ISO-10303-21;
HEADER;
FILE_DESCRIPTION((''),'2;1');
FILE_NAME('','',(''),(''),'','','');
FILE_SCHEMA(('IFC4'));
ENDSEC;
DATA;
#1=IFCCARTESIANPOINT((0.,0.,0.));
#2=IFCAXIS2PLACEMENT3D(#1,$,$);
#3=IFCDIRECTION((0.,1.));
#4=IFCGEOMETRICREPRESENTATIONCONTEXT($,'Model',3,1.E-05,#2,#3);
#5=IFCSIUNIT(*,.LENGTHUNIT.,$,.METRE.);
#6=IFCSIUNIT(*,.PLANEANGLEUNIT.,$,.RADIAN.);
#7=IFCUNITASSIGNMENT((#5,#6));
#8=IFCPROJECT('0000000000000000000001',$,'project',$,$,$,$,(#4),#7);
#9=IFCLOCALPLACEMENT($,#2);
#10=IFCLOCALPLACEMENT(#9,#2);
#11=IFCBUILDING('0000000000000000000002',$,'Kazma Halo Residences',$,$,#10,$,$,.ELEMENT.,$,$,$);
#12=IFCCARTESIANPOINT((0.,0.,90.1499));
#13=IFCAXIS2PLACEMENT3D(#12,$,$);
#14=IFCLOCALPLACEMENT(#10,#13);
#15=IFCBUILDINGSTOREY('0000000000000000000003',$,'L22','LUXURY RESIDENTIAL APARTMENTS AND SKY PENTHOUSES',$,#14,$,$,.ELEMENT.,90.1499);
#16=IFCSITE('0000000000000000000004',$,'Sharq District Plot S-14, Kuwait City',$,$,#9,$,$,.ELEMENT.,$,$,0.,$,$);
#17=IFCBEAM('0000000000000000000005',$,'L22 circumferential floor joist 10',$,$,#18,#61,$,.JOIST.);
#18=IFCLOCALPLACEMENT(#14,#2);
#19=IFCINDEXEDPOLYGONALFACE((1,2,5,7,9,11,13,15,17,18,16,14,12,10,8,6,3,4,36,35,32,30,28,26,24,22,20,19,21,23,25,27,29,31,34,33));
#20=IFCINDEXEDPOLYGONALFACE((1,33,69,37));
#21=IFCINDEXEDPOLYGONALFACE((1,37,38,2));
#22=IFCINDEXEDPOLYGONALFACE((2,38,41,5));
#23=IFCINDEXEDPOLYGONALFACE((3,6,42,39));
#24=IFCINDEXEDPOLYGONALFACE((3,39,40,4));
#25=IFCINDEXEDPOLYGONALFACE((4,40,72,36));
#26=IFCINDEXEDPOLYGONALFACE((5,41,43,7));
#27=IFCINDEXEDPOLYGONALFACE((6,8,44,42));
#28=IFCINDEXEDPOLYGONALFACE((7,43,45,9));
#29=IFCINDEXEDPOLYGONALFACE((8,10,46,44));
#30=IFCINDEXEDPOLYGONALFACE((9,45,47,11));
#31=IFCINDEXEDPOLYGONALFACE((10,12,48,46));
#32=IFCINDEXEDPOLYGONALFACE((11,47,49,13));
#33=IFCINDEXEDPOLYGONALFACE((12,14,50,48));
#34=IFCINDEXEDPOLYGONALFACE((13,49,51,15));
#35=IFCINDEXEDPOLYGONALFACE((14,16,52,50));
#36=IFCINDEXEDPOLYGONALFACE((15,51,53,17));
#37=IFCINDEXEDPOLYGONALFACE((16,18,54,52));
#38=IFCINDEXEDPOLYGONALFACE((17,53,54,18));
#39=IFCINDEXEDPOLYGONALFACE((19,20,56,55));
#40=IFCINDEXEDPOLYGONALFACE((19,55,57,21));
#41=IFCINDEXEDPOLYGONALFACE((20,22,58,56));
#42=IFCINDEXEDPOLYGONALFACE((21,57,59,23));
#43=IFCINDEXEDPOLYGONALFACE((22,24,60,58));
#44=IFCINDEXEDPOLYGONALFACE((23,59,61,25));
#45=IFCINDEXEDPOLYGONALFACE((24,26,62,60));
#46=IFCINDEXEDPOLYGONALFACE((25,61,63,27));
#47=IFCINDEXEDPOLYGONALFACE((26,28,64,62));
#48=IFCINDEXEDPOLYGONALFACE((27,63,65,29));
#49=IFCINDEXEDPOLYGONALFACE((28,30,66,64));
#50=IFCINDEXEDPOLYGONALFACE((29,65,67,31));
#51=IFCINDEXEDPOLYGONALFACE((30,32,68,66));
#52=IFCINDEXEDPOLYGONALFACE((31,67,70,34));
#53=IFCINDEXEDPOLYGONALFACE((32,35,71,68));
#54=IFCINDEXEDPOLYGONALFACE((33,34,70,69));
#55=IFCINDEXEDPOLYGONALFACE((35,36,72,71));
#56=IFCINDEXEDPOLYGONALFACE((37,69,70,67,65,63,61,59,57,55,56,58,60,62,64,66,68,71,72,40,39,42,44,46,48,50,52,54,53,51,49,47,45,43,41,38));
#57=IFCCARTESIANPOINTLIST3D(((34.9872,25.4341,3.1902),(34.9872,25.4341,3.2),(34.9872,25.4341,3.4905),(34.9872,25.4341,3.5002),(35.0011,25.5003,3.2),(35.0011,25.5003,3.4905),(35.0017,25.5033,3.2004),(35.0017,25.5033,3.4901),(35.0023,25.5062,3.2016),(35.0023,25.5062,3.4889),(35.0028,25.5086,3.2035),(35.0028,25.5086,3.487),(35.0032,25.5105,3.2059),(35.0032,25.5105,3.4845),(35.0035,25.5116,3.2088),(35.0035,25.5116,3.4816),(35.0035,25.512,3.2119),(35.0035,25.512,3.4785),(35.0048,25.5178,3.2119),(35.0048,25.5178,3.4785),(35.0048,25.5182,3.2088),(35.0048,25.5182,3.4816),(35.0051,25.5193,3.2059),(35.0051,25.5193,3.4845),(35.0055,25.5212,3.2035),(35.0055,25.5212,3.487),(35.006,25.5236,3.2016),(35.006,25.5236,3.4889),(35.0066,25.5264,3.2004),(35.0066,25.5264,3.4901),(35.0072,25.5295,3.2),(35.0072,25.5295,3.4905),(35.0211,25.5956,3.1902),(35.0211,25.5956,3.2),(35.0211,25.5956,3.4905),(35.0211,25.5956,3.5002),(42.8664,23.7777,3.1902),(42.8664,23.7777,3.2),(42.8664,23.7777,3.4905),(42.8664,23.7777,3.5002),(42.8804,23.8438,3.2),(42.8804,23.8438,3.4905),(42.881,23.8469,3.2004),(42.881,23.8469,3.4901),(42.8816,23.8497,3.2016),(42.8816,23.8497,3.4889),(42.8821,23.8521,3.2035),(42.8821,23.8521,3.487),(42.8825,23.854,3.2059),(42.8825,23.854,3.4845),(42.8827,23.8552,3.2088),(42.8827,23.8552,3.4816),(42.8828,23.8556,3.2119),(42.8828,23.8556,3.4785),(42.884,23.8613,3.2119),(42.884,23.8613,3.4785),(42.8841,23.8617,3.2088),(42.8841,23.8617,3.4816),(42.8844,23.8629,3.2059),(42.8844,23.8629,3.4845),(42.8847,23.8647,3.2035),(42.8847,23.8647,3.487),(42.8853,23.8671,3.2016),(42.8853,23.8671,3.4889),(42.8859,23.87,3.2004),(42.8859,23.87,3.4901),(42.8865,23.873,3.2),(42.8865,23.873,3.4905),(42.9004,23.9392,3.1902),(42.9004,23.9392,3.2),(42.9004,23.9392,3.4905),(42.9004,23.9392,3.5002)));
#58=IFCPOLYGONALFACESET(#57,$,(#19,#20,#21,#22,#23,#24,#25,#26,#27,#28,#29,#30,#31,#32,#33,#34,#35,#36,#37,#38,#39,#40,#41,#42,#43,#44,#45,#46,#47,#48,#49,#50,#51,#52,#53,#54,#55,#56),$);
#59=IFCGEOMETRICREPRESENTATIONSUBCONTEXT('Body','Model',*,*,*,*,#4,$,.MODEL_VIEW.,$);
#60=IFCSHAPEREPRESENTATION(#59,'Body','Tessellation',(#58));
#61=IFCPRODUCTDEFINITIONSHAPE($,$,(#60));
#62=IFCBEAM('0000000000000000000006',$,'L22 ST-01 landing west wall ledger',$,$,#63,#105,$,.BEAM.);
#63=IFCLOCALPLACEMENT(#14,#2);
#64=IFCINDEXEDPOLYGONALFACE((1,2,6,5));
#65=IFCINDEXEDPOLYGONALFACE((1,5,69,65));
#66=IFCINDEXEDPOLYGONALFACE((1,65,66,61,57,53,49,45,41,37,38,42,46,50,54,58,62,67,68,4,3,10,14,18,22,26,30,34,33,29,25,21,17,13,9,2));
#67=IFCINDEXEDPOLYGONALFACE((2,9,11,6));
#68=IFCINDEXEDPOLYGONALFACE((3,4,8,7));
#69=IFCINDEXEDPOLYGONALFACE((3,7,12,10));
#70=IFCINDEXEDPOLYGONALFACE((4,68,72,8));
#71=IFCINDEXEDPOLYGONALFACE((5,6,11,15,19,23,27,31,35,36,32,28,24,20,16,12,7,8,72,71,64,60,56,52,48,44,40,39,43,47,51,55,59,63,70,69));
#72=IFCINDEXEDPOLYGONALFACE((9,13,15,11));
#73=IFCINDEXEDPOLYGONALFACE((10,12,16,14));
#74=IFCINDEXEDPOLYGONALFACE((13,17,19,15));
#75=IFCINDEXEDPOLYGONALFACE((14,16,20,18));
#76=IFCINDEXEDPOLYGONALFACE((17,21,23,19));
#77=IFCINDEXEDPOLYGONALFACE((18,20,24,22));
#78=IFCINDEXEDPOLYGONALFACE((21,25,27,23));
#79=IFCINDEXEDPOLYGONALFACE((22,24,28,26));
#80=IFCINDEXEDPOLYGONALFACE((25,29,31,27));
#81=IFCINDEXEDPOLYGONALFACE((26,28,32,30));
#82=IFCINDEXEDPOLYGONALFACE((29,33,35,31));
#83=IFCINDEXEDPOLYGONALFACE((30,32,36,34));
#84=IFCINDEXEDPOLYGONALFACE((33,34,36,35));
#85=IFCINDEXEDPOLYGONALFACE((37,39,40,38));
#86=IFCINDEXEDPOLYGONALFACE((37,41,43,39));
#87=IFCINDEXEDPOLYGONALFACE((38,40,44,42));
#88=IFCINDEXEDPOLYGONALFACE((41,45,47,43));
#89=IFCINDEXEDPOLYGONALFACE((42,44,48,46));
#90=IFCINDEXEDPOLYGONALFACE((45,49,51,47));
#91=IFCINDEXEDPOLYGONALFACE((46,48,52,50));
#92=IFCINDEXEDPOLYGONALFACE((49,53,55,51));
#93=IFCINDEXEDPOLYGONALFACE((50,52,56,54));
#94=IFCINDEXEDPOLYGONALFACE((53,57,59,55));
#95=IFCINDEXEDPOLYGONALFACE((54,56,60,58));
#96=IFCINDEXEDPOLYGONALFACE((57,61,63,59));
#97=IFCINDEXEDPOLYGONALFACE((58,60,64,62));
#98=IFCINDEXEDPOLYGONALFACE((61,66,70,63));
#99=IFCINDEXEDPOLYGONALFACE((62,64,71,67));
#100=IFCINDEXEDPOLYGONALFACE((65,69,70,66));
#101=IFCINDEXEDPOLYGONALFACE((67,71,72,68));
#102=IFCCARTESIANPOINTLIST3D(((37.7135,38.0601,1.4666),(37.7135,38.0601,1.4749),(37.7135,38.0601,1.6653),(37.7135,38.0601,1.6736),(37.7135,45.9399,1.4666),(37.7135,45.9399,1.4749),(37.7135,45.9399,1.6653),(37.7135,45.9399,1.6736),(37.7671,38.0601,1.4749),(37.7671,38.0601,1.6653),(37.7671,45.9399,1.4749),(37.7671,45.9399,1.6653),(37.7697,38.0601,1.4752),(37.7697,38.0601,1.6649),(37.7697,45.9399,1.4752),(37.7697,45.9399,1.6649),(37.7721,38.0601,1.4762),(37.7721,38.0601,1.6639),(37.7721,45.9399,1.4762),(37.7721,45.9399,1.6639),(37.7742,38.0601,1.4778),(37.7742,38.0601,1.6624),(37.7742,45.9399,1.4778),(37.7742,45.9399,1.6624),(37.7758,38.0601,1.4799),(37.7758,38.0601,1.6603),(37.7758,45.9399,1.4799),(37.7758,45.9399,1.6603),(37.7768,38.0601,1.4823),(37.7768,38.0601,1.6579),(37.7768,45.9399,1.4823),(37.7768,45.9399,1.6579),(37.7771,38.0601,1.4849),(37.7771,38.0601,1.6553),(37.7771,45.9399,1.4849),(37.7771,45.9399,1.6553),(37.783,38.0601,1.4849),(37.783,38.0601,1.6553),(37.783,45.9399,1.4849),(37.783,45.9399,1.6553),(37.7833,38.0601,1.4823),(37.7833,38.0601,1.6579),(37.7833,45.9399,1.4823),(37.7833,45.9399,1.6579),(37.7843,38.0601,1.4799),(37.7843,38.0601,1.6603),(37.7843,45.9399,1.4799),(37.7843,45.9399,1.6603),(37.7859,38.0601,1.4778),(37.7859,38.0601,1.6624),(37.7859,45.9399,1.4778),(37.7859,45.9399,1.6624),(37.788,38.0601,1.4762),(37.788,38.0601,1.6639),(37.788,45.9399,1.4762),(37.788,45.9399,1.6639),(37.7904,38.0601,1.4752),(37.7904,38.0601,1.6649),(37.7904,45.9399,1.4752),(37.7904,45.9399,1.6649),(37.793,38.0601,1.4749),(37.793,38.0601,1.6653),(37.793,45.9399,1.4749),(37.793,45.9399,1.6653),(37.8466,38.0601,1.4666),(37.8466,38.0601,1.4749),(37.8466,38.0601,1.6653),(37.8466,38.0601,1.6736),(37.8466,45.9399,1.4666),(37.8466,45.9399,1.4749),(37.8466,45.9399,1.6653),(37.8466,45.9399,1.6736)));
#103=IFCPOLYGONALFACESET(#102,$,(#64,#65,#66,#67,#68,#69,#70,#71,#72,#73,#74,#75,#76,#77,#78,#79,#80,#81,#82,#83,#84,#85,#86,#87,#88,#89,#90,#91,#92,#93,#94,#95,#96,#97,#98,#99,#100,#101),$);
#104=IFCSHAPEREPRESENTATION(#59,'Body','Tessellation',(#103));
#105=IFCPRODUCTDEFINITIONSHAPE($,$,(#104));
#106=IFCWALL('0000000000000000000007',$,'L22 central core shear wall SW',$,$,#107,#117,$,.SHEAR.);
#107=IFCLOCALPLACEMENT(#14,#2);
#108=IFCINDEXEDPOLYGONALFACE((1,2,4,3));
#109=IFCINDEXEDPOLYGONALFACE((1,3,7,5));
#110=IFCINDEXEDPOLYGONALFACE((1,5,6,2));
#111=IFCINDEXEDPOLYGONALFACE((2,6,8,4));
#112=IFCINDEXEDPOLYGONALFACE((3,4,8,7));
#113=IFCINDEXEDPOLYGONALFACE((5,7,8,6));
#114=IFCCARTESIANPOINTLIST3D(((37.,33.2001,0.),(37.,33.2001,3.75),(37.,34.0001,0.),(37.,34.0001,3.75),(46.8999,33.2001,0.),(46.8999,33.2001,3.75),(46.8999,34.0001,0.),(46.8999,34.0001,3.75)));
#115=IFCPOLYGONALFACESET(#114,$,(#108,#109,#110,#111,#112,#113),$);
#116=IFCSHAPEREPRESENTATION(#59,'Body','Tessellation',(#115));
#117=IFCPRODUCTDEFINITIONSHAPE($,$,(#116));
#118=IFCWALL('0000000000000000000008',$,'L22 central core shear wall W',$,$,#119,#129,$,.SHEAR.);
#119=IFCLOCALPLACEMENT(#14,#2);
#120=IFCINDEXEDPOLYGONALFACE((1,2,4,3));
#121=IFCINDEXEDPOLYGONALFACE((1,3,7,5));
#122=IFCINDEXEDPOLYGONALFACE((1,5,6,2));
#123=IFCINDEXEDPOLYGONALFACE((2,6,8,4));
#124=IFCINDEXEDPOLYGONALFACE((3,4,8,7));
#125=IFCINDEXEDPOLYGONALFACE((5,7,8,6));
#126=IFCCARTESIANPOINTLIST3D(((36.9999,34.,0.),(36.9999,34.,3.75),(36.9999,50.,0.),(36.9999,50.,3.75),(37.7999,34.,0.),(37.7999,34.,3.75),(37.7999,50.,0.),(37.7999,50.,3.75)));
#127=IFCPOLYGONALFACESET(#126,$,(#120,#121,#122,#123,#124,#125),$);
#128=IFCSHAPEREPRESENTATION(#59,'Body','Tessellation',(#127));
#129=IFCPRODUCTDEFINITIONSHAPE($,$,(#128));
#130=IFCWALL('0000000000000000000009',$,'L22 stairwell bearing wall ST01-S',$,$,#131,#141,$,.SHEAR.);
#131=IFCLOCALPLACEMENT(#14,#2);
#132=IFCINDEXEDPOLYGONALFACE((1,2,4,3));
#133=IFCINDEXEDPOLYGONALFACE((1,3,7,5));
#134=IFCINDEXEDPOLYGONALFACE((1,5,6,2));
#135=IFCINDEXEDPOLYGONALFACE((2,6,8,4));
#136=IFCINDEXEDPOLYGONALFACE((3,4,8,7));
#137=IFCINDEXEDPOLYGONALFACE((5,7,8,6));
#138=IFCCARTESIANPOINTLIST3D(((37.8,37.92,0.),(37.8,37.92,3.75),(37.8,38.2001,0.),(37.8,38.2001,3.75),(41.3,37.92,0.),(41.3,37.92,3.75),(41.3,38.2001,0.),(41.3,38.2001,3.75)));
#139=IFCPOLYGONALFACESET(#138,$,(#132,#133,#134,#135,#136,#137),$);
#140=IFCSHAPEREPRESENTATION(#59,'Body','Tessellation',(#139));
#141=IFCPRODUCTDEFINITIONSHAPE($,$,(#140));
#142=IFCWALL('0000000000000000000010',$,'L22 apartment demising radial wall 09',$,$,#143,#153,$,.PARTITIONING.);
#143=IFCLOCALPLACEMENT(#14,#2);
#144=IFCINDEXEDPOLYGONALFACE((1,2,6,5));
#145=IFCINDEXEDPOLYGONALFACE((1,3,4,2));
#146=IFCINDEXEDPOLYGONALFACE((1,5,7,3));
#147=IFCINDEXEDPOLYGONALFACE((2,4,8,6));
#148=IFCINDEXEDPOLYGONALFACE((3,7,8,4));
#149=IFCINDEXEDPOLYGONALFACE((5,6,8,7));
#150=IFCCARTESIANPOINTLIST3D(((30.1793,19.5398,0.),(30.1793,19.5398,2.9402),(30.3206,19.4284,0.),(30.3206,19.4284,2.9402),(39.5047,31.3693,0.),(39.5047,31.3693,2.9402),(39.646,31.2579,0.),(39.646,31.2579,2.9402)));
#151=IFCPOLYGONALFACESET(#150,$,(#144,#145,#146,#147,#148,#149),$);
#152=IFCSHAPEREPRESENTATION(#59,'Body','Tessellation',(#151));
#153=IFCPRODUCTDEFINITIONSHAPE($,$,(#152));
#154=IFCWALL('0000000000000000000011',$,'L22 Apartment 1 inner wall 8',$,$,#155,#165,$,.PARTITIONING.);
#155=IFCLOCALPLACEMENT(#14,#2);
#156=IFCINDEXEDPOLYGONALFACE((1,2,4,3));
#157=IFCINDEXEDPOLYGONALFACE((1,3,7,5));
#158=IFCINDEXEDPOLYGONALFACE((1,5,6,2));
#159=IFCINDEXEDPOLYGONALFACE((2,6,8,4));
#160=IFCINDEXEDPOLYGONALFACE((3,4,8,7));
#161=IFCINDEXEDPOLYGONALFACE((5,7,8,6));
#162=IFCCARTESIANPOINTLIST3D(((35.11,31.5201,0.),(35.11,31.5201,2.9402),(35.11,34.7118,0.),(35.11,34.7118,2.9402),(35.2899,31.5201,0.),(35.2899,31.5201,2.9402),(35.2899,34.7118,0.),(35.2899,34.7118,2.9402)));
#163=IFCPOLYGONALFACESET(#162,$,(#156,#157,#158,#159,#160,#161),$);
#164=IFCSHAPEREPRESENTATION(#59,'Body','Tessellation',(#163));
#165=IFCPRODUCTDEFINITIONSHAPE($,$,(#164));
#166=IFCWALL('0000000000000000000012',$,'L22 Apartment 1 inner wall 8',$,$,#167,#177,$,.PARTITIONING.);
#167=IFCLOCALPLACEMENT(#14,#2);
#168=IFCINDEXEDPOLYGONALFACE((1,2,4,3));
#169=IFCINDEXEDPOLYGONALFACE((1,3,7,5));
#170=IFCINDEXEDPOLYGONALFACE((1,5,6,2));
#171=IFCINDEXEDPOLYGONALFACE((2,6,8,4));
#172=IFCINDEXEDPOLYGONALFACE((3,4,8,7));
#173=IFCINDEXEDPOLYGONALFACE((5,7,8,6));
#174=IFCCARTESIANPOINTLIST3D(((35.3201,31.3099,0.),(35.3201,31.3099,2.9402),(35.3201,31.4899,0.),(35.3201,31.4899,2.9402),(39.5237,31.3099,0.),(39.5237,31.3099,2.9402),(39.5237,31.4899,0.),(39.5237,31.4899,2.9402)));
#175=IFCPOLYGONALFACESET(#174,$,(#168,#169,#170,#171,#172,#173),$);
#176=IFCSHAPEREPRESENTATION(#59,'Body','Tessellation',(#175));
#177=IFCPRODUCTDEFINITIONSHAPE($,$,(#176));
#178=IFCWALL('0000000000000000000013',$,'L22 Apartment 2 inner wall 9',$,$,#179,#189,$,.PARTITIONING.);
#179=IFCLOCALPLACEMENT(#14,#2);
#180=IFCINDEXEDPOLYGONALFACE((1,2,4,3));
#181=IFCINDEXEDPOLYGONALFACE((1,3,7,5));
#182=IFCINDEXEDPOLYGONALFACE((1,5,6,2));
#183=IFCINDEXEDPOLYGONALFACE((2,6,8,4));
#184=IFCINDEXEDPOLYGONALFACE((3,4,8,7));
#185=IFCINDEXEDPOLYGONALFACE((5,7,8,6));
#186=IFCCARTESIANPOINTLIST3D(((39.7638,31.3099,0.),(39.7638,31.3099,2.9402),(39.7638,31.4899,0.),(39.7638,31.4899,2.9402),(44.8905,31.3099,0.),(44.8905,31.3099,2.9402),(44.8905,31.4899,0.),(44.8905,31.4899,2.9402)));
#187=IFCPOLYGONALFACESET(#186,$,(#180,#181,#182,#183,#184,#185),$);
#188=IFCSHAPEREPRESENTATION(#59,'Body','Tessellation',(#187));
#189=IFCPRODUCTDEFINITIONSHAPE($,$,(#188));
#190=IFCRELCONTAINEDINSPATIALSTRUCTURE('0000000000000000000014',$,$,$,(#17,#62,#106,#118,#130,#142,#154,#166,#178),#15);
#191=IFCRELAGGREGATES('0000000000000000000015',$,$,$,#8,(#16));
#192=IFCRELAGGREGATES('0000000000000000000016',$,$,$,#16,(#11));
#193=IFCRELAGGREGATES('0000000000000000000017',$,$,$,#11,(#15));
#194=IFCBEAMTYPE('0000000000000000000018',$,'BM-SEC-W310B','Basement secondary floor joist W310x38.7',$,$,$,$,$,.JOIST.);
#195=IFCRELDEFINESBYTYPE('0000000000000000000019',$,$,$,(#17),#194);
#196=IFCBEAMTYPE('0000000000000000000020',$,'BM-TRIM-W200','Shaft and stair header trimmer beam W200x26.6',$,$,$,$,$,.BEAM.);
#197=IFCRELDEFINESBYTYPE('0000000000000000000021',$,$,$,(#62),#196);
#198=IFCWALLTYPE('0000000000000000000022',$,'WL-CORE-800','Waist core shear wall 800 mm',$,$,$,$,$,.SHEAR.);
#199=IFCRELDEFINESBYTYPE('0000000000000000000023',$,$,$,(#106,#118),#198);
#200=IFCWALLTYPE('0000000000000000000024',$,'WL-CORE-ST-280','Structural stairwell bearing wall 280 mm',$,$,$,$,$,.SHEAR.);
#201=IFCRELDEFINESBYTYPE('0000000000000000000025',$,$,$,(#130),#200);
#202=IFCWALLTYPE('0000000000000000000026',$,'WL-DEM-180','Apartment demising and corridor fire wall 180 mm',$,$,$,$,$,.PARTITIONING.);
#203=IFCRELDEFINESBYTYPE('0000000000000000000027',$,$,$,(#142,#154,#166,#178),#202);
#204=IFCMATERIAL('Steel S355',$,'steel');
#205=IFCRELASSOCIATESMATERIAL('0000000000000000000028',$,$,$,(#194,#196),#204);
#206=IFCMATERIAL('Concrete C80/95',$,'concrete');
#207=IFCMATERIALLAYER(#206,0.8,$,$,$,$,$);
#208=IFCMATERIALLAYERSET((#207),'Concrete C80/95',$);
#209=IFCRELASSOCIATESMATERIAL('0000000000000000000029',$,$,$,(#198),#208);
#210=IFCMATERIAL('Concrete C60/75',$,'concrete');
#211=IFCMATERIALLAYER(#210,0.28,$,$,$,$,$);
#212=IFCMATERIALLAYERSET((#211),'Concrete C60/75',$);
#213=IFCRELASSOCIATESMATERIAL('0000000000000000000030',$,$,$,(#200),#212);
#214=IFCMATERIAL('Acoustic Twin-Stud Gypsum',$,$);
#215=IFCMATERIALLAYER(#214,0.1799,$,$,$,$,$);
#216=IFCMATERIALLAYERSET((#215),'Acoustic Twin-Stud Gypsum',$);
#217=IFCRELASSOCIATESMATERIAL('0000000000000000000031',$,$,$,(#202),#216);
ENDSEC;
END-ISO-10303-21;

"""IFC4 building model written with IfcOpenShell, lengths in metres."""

from ifc_helpers import new_model, si_unit, direction, frame, frame_2d, origin, origin_2d, place, context, subcontext, project, spatial, rectangle, i_section, extrude, material, layer, layer_set, material_profile, profile_set, type_object, element, save


model = new_model("IFC4")

# Units and contexts
model_context = context("Model", 3, precision=1e-05, world=origin(), true_north=direction((0.0, 1.0)))
body_context = subcontext(model_context, "Body", "Model", "MODEL_VIEW")
ifc_project = project(units=[si_unit("LENGTHUNIT", "METRE"), si_unit("PLANEANGLEUNIT", "RADIAN")], contexts=[model_context])

# Site, building, storey
site_placement = place(None, origin())
site = spatial("IfcSite", under=ifc_project, at=site_placement, Name="Sharq District Plot S-14, Kuwait City", CompositionType="ELEMENT", RefElevation=0.0)
building_placement = place(site_placement, origin())
building = spatial("IfcBuilding", under=site, at=building_placement, Name="Kazma Halo Residences", CompositionType="ELEMENT")
storey_placement = place(building_placement, frame((0.0, 0.0, 90.1499)))
storey = spatial("IfcBuildingStorey", under=building, at=storey_placement, Name="L22", Description="LUXURY RESIDENTIAL APARTMENTS AND SKY PENTHOUSES", CompositionType="ELEMENT", Elevation=90.1499)

# Beams
ifc_material_1 = material(Name="Steel S355", Category="steel")
ifc_material_profile_1 = material_profile(ifc_material_1, i_section(OverallWidth=0.165, OverallDepth=0.3101, WebThickness=0.0059, FlangeThickness=0.0098, FilletRadius=0.012, at=origin_2d()), Name="W310x38.7")
ifc_profile_set_1 = profile_set([ifc_material_profile_1], Name="Steel S355")
beam_type_1 = type_object("IfcBeamType", Name="BM-SEC-W310B", Description="Basement secondary floor joist W310x38.7", PredefinedType="JOIST", material=ifc_profile_set_1)
beam_1_placement = place(storey_placement, frame((35.0042, 25.5149, 3.3452), z_axis=(0.978608, -0.205734, 0.0), x_axis=(0.205734, 0.978608, 0.0)))
element("IfcBeam", 1, at=beam_1_placement, inside=storey, type_object=beam_type_1, Name="L22 circumferential floor joist 10", PredefinedType="JOIST", context=body_context, shape_type="SweptSolid", body=[
    extrude(i_section(OverallWidth=0.165, OverallDepth=0.3101, WebThickness=0.0059, FlangeThickness=0.0098, FilletRadius=0.012, at=origin_2d()), origin(), (0.0, 0.0, 1.0), 8.0515),
])
ifc_material_profile_2 = material_profile(ifc_material_1, i_section(OverallWidth=0.1331, OverallDepth=0.207, WebThickness=0.0059, FlangeThickness=0.0083, FilletRadius=0.01, at=origin_2d()), Name="W200x26.6")
ifc_profile_set_2 = profile_set([ifc_material_profile_2], Name="Steel S355")
beam_type_2 = type_object("IfcBeamType", Name="BM-TRIM-W200", Description="Shaft and stair header trimmer beam W200x26.6", PredefinedType="BEAM", material=ifc_profile_set_2)
beam_2_placement = place(storey_placement, frame((37.78, 38.0601, 1.5701), z_axis=(0.0, 1.0, 0.0), x_axis=(-1.0, 0.0, 0.0)))
element("IfcBeam", 2, at=beam_2_placement, inside=storey, type_object=beam_type_2, Name="L22 ST-01 landing west wall ledger", PredefinedType="BEAM", context=body_context, shape_type="SweptSolid", body=[
    extrude(i_section(OverallWidth=0.1331, OverallDepth=0.207, WebThickness=0.0059, FlangeThickness=0.0083, FilletRadius=0.01, at=origin_2d()), origin(), (0.0, 0.0, 1.0), 7.8799),
])

# Walls
ifc_material_2 = material(Name="Concrete C80/95", Category="concrete")
ifc_layer_1 = layer(ifc_material_2, 0.8)
ifc_layer_set_1 = layer_set([ifc_layer_1], Name="Concrete C80/95")
wall_type_1 = type_object("IfcWallType", Name="WL-CORE-800", Description="Waist core shear wall 800 mm", PredefinedType="SHEAR", material=ifc_layer_set_1)
wall_1_placement = place(storey_placement, frame((37.0, 33.6001, 0.0), z_axis=(0.0, 0.0, 1.0), x_axis=(1.0, 0.0, 0.0)))
element("IfcWall", 3, at=wall_1_placement, inside=storey, type_object=wall_type_1, Name="L22 central core shear wall SW", PredefinedType="SHEAR", context=body_context, shape_type="SweptSolid", body=[
    extrude(rectangle(XDim=9.8999, YDim=0.8, at=frame_2d((4.95, 0.0))), origin(), (0.0, 0.0, 1.0), 3.75),
])
wall_2_placement = place(storey_placement, frame((37.3999, 34.0, 0.0), z_axis=(0.0, 0.0, 1.0), x_axis=(0.0, 1.0, 0.0)))
element("IfcWall", 4, at=wall_2_placement, inside=storey, type_object=wall_type_1, Name="L22 central core shear wall W", PredefinedType="SHEAR", context=body_context, shape_type="SweptSolid", body=[
    extrude(rectangle(XDim=16.0, YDim=0.8, at=frame_2d((8.0, 0.0))), origin(), (0.0, 0.0, 1.0), 3.75),
])
ifc_material_3 = material(Name="Concrete C60/75", Category="concrete")
ifc_layer_2 = layer(ifc_material_3, 0.28)
ifc_layer_set_2 = layer_set([ifc_layer_2], Name="Concrete C60/75")
wall_type_2 = type_object("IfcWallType", Name="WL-CORE-ST-280", Description="Structural stairwell bearing wall 280 mm", PredefinedType="SHEAR", material=ifc_layer_set_2)
wall_3_placement = place(storey_placement, frame((37.8, 38.0601, 0.0), z_axis=(0.0, 0.0, 1.0), x_axis=(1.0, 0.0, 0.0)))
element("IfcWall", 5, at=wall_3_placement, inside=storey, type_object=wall_type_2, Name="L22 stairwell bearing wall ST01-S", PredefinedType="SHEAR", context=body_context, shape_type="SweptSolid", body=[
    extrude(rectangle(XDim=3.5, YDim=0.28, at=frame_2d((1.75, 0.0))), origin(), (0.0, 0.0, 1.0), 3.75),
])
ifc_material_4 = material(Name="Acoustic Twin-Stud Gypsum")
ifc_layer_3 = layer(ifc_material_4, 0.1799)
ifc_layer_set_3 = layer_set([ifc_layer_3], Name="Acoustic Twin-Stud Gypsum")
wall_type_3 = type_object("IfcWallType", Name="WL-DEM-180", Description="Apartment demising and corridor fire wall 180 mm", PredefinedType="PARTITIONING", material=ifc_layer_set_3)
wall_4_placement = place(storey_placement, frame((39.5754, 31.3137, 0.0), z_axis=(0.0, 0.0, 1.0), x_axis=(-0.619083, -0.785325, 0.0)))
element("IfcWall", 6, at=wall_4_placement, inside=storey, type_object=wall_type_3, Name="L22 apartment demising radial wall 09", PredefinedType="PARTITIONING", context=body_context, shape_type="SweptSolid", body=[
    extrude(rectangle(XDim=15.0632, YDim=0.1799, at=frame_2d((7.5317, 0.0))), origin(), (0.0, 0.0, 1.0), 2.9402),
])
wall_5_placement = place(storey_placement, frame((35.2, 34.7117, 0.0), z_axis=(0.0, 0.0, 1.0), x_axis=(0.0, -1.0, 0.0)))
element("IfcWall", 7, at=wall_5_placement, inside=storey, type_object=wall_type_3, Name="L22 Apartment 1 inner wall 8", PredefinedType="PARTITIONING", context=body_context, shape_type="SweptSolid", body=[
    extrude(rectangle(XDim=3.1917, YDim=0.1799, at=frame_2d((1.5957, 0.0))), origin(), (0.0, 0.0, 1.0), 2.9402),
])
wall_6_placement = place(storey_placement, frame((35.3201, 31.3999, 0.0), z_axis=(0.0, 0.0, 1.0), x_axis=(1.0, 0.0, 0.0)))
element("IfcWall", 8, at=wall_6_placement, inside=storey, type_object=wall_type_3, Name="L22 Apartment 1 inner wall 8", PredefinedType="PARTITIONING", context=body_context, shape_type="SweptSolid", body=[
    extrude(rectangle(XDim=4.2036, YDim=0.1799, at=frame_2d((2.1018, 0.0))), origin(), (0.0, 0.0, 1.0), 2.9402),
])
wall_7_placement = place(storey_placement, frame((39.7637, 31.3999, 0.0), z_axis=(0.0, 0.0, 1.0), x_axis=(1.0, 0.0, 0.0)))
element("IfcWall", 9, at=wall_7_placement, inside=storey, type_object=wall_type_3, Name="L22 Apartment 2 inner wall 9", PredefinedType="PARTITIONING", context=body_context, shape_type="SweptSolid", body=[
    extrude(rectangle(XDim=5.1267, YDim=0.1799, at=frame_2d((2.5635, 0.0))), origin(), (0.0, 0.0, 1.0), 2.9402),
])

save(model, "model.ifc")
